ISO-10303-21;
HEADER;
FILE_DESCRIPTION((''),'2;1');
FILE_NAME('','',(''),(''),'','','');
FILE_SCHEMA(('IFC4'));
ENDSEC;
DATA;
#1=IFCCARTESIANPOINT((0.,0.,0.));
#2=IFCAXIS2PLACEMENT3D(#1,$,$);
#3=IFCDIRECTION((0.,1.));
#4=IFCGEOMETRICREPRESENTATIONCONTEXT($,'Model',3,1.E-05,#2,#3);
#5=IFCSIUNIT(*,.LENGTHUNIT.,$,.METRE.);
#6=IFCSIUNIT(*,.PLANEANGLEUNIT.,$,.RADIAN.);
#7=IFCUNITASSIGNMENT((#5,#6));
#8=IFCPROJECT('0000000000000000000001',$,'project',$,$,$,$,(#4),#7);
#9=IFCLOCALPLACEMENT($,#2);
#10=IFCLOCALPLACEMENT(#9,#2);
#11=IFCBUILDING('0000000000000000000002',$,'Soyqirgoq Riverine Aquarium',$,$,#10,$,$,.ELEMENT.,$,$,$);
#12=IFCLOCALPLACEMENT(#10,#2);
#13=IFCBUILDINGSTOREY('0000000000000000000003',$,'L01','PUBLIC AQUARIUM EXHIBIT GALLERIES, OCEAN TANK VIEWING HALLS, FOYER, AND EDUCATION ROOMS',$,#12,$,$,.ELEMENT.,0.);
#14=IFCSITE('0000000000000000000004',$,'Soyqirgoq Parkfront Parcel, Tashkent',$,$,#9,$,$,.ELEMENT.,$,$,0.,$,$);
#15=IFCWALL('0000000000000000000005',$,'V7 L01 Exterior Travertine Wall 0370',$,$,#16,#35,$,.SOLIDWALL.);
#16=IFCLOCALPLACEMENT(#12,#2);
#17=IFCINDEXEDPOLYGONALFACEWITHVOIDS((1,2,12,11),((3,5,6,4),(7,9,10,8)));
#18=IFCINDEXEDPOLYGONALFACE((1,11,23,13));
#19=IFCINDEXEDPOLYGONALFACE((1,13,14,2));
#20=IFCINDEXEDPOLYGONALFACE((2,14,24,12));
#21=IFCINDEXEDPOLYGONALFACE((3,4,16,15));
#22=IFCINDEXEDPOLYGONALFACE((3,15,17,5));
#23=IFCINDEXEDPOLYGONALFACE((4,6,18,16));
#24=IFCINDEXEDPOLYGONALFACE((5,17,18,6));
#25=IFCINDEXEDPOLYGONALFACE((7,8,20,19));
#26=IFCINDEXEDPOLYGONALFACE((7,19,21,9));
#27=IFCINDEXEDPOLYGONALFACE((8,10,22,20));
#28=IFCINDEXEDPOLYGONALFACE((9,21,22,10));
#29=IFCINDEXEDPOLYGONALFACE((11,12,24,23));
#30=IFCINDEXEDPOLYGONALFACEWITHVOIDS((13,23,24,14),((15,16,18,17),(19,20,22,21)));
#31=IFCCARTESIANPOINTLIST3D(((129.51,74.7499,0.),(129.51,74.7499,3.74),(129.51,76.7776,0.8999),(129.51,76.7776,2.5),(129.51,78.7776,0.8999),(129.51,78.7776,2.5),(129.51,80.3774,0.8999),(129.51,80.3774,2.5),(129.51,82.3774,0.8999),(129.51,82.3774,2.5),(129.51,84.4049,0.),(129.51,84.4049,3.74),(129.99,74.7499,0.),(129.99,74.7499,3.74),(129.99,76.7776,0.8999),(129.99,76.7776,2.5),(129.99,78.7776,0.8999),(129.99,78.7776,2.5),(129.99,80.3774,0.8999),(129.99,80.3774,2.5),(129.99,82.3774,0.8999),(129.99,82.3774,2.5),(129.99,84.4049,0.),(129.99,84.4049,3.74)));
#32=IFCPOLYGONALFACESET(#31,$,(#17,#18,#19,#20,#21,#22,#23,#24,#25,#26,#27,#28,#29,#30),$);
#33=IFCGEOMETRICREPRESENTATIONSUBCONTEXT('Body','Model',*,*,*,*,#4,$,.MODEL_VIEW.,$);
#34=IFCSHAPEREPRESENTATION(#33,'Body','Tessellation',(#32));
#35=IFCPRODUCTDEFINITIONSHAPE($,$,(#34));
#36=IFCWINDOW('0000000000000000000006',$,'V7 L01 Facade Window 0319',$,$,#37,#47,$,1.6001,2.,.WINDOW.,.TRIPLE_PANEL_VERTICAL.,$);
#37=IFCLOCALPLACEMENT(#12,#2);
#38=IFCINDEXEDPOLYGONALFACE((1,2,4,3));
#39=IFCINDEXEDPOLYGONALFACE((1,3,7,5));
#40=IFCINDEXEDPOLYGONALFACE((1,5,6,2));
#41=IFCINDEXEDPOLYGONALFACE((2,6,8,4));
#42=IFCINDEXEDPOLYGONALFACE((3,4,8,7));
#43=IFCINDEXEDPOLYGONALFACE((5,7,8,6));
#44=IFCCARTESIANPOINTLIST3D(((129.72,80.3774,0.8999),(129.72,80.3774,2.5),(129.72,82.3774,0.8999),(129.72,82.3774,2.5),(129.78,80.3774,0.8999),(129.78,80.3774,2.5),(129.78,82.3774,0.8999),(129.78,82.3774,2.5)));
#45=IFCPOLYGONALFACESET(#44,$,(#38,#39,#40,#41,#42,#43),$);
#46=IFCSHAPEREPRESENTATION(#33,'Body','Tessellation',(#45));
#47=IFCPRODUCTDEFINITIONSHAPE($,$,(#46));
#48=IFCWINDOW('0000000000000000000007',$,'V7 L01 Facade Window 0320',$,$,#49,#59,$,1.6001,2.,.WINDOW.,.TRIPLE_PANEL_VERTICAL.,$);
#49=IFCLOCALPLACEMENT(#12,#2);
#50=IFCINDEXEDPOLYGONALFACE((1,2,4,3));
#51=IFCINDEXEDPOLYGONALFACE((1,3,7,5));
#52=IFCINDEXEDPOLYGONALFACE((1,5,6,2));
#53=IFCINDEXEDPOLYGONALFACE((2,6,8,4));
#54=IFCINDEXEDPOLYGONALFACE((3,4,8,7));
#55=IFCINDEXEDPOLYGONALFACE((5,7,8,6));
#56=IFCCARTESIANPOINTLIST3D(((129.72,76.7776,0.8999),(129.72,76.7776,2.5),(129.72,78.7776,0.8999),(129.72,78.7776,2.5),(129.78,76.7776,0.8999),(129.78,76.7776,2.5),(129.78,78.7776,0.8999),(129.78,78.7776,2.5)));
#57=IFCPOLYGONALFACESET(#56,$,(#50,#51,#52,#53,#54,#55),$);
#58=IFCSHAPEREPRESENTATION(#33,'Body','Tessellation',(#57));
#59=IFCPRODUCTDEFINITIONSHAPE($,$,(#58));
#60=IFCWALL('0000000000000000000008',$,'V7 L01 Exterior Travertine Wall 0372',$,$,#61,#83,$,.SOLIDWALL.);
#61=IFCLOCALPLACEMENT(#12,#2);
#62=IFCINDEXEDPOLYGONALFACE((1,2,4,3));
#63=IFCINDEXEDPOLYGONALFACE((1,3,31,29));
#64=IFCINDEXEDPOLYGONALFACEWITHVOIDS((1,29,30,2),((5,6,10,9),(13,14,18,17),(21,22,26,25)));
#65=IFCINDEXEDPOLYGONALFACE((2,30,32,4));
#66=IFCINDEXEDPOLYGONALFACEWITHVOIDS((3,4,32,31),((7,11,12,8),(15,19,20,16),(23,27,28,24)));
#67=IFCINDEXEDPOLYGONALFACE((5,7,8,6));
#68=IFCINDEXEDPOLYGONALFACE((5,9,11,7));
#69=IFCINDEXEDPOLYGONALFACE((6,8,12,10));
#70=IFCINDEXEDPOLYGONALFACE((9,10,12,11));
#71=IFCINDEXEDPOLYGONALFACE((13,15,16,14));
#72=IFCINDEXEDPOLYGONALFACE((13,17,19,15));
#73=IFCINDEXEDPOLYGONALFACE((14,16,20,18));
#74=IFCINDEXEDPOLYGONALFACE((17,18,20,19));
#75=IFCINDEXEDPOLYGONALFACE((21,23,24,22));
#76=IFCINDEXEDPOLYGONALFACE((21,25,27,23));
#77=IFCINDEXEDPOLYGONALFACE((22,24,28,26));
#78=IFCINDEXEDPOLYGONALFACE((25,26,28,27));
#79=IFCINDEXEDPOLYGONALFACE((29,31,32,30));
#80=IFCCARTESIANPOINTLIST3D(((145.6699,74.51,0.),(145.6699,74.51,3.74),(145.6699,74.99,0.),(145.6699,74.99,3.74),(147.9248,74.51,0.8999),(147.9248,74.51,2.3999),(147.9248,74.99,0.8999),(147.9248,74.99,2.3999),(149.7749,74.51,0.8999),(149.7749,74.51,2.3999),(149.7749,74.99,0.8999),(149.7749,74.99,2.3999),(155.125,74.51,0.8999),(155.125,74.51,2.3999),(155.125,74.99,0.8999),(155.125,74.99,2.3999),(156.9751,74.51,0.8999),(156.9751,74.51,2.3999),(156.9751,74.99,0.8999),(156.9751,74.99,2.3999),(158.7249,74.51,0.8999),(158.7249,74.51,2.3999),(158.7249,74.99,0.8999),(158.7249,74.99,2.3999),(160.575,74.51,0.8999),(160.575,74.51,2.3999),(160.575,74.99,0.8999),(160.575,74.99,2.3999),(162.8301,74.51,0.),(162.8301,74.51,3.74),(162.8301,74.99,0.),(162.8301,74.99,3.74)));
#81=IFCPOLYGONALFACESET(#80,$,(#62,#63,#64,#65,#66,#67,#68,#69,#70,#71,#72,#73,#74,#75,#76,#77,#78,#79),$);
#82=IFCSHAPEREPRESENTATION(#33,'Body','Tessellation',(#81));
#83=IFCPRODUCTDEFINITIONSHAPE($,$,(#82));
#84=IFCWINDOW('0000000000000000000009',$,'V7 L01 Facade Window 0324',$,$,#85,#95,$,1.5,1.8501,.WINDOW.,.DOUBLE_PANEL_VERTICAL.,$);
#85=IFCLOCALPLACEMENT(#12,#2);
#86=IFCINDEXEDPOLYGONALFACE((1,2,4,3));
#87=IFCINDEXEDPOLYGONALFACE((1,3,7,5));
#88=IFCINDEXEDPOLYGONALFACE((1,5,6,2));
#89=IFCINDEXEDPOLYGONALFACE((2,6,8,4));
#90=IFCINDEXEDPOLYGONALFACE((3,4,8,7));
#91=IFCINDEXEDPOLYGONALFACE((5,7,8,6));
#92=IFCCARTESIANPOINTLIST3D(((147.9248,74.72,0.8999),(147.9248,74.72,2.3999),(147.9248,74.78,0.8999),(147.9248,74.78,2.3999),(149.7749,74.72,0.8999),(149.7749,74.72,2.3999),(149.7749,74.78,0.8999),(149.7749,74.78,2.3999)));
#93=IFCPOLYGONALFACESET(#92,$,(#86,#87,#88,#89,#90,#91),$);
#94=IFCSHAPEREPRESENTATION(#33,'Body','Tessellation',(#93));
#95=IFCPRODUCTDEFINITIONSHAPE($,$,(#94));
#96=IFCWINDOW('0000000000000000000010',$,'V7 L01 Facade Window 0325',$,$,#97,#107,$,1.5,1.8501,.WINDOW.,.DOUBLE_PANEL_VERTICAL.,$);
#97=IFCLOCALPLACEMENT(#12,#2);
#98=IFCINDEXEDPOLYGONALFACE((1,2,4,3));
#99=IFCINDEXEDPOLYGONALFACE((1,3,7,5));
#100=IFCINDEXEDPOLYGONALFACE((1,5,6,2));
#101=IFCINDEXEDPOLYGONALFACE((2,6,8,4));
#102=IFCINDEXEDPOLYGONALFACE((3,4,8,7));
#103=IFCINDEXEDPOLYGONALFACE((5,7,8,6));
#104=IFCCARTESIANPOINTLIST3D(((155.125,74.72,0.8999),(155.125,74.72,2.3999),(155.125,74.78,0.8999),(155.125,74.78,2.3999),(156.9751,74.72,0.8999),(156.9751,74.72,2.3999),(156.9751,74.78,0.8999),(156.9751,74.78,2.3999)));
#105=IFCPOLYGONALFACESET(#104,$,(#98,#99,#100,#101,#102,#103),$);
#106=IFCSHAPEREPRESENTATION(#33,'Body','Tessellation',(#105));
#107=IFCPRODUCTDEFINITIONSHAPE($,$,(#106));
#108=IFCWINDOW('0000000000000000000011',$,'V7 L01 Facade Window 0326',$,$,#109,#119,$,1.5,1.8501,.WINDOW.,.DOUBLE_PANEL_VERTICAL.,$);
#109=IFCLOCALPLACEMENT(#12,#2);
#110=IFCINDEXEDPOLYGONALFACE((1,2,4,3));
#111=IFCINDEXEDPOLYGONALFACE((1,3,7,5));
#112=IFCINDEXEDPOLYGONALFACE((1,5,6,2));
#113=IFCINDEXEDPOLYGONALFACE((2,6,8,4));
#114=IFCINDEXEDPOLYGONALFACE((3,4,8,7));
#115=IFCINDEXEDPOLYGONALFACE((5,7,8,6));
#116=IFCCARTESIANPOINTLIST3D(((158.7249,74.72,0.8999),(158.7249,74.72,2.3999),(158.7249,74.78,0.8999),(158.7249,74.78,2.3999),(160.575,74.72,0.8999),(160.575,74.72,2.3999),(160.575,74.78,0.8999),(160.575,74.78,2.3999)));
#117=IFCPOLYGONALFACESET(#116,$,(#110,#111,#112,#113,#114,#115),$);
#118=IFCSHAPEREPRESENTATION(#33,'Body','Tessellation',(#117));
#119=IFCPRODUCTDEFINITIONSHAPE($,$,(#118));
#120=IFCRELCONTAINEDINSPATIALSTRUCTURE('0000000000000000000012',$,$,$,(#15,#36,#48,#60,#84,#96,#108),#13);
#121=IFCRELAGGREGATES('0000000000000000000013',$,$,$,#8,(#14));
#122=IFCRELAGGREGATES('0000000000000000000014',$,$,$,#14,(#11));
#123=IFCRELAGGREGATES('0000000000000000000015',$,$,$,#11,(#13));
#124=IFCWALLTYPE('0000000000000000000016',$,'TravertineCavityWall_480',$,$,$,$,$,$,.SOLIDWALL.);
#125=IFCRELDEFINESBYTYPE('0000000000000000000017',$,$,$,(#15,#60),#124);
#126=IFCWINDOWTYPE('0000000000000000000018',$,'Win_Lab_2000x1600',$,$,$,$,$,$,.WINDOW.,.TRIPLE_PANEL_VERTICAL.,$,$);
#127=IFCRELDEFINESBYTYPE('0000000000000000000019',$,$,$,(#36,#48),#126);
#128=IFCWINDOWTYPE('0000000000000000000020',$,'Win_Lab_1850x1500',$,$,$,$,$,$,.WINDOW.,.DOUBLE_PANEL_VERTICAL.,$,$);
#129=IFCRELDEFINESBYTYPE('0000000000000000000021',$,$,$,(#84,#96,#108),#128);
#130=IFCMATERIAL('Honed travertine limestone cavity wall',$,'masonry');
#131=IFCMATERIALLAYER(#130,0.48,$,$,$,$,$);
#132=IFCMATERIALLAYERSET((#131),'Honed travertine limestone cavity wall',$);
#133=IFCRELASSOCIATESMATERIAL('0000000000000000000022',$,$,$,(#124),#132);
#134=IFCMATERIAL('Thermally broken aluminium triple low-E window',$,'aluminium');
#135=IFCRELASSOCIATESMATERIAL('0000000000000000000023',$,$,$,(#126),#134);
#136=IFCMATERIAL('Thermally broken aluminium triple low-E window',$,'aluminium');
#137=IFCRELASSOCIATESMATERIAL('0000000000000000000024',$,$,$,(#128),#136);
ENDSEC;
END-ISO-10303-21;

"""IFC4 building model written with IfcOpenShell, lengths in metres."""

from ifc_helpers import new_model, si_unit, direction, frame, frame_2d, origin, place, context, subcontext, project, spatial, rectangle, extrude, material, layer, layer_set, type_object, element, fill, save


model = new_model("IFC4")

# Units and contexts
model_context = context("Model", 3, precision=1e-05, world=origin(), true_north=direction((0.0, 1.0)))
body_context = subcontext(model_context, "Body", "Model", "MODEL_VIEW")
ifc_project = project(units=[si_unit("LENGTHUNIT", "METRE"), si_unit("PLANEANGLEUNIT", "RADIAN")], contexts=[model_context])

# Site, building, storey
site_placement = place(None, origin())
site = spatial("IfcSite", under=ifc_project, at=site_placement, Name="Soyqirgoq Parkfront Parcel, Tashkent", CompositionType="ELEMENT", RefElevation=0.0)
building_placement = place(site_placement, origin())
building = spatial("IfcBuilding", under=site, at=building_placement, Name="Soyqirgoq Riverine Aquarium", CompositionType="ELEMENT")
storey_placement = place(building_placement, origin())
storey = spatial("IfcBuildingStorey", under=building, at=storey_placement, Name="L01", Description="PUBLIC AQUARIUM EXHIBIT GALLERIES, OCEAN TANK VIEWING HALLS, FOYER, AND EDUCATION ROOMS", CompositionType="ELEMENT", Elevation=0.0)

# Walls, openings, windows
ifc_material_1 = material(Name="Honed travertine limestone cavity wall", Category="masonry")
ifc_layer_1 = layer(ifc_material_1, 0.48)
ifc_layer_set_1 = layer_set([ifc_layer_1], Name="Honed travertine limestone cavity wall")
wall_type_1 = type_object("IfcWallType", Name="TravertineCavityWall_480", PredefinedType="SOLIDWALL", material=ifc_layer_set_1)
wall_1_placement = place(storey_placement, frame((129.75, 84.405, 0.0), z_axis=(0.0, 0.0, 1.0), x_axis=(0.0, -1.0, 0.0)))
wall_1 = element("IfcWall", 1, at=wall_1_placement, inside=storey, type_object=wall_type_1, Name="V7 L01 Exterior Travertine Wall 0370", PredefinedType="SOLIDWALL", context=body_context, shape_type="SweptSolid", body=[
    extrude(rectangle(XDim=9.655, YDim=0.48, at=frame_2d((4.8276, 0.0))), origin(), (0.0, 0.0, 1.0), 3.74),
])
opening_1_placement = place(wall_1_placement, frame((2.0276, 0.0, 0.8999)))
opening_1 = element("IfcOpeningElement", 2, at=opening_1_placement, cuts=wall_1, PredefinedType="OPENING", context=body_context, shape_type="SweptSolid", body=[
    extrude(rectangle(XDim=2.0, YDim=1.6001, at=frame_2d((1.0, 0.8))), frame((0.0, 0.25, 0.0), z_axis=(0.0, -1.0, 0.0), x_axis=(1.0, 0.0, 0.0)), (0.0, 0.0, 1.0), 0.5),
])
opening_2_placement = place(wall_1_placement, frame((5.6274, 0.0, 0.8999)))
opening_2 = element("IfcOpeningElement", 3, at=opening_2_placement, cuts=wall_1, PredefinedType="OPENING", context=body_context, shape_type="SweptSolid", body=[
    extrude(rectangle(XDim=2.0, YDim=1.6001, at=frame_2d((1.0, 0.8))), frame((0.0, 0.25, 0.0), z_axis=(0.0, -1.0, 0.0), x_axis=(1.0, 0.0, 0.0)), (0.0, 0.0, 1.0), 0.5),
])
ifc_material_2 = material(Name="Thermally broken aluminium triple low-E window", Category="aluminium")
window_type_1 = type_object("IfcWindowType", Name="Win_Lab_2000x1600", PartitioningType="TRIPLE_PANEL_VERTICAL", PredefinedType="WINDOW", material=ifc_material_2)
window_1_placement = place(opening_1_placement, origin())
window_1 = element("IfcWindow", 4, at=window_1_placement, inside=storey, type_object=window_type_1, Name="V7 L01 Facade Window 0319", OverallHeight=1.6001, OverallWidth=2.0, PartitioningType="TRIPLE_PANEL_VERTICAL", PredefinedType="WINDOW", context=body_context, shape_type="SweptSolid", body=[
    extrude(rectangle(XDim=2.0, YDim=1.6001, at=frame_2d((1.0, 0.8))), frame((0.0, 0.03, 0.0), z_axis=(0.0, -1.0, 0.0), x_axis=(1.0, 0.0, 0.0)), (0.0, 0.0, 1.0), 0.0601),
])
fill(opening_1, window_1)
window_2_placement = place(opening_2_placement, origin())
window_2 = element("IfcWindow", 5, at=window_2_placement, inside=storey, type_object=window_type_1, Name="V7 L01 Facade Window 0320", OverallHeight=1.6001, OverallWidth=2.0, PartitioningType="TRIPLE_PANEL_VERTICAL", PredefinedType="WINDOW", context=body_context, shape_type="SweptSolid", body=[
    extrude(rectangle(XDim=2.0, YDim=1.6001, at=frame_2d((1.0, 0.8))), frame((0.0, 0.03, 0.0), z_axis=(0.0, -1.0, 0.0), x_axis=(1.0, 0.0, 0.0)), (0.0, 0.0, 1.0), 0.0601),
])
fill(opening_2, window_2)
wall_2_placement = place(storey_placement, frame((145.6699, 74.75, 0.0), z_axis=(0.0, 0.0, 1.0), x_axis=(1.0, 0.0, 0.0)))
wall_2 = element("IfcWall", 6, at=wall_2_placement, inside=storey, type_object=wall_type_1, Name="V7 L01 Exterior Travertine Wall 0372", PredefinedType="SOLIDWALL", context=body_context, shape_type="SweptSolid", body=[
    extrude(rectangle(XDim=17.1602, YDim=0.48, at=frame_2d((8.5801, 0.0))), origin(), (0.0, 0.0, 1.0), 3.74),
])
opening_3_placement = place(wall_2_placement, frame((2.2549, 0.0, 0.8999)))
opening_3 = element("IfcOpeningElement", 7, at=opening_3_placement, cuts=wall_2, PredefinedType="OPENING", context=body_context, shape_type="SweptSolid", body=[
    extrude(rectangle(XDim=1.8501, YDim=1.5, at=frame_2d((0.925, 0.75))), frame((0.0, 0.25, 0.0), z_axis=(0.0, -1.0, 0.0), x_axis=(1.0, 0.0, 0.0)), (0.0, 0.0, 1.0), 0.5),
])
opening_4_placement = place(wall_2_placement, frame((9.4551, 0.0, 0.8999)))
opening_4 = element("IfcOpeningElement", 8, at=opening_4_placement, cuts=wall_2, PredefinedType="OPENING", context=body_context, shape_type="SweptSolid", body=[
    extrude(rectangle(XDim=1.8501, YDim=1.5, at=frame_2d((0.925, 0.75))), frame((0.0, 0.25, 0.0), z_axis=(0.0, -1.0, 0.0), x_axis=(1.0, 0.0, 0.0)), (0.0, 0.0, 1.0), 0.5),
])
opening_5_placement = place(wall_2_placement, frame((13.0549, 0.0, 0.8999)))
opening_5 = element("IfcOpeningElement", 9, at=opening_5_placement, cuts=wall_2, PredefinedType="OPENING", context=body_context, shape_type="SweptSolid", body=[
    extrude(rectangle(XDim=1.8501, YDim=1.5, at=frame_2d((0.925, 0.75))), frame((0.0, 0.25, 0.0), z_axis=(0.0, -1.0, 0.0), x_axis=(1.0, 0.0, 0.0)), (0.0, 0.0, 1.0), 0.5),
])
ifc_material_3 = material(Name="Thermally broken aluminium triple low-E window", Category="aluminium")
window_type_2 = type_object("IfcWindowType", Name="Win_Lab_1850x1500", PartitioningType="DOUBLE_PANEL_VERTICAL", PredefinedType="WINDOW", material=ifc_material_3)
window_3_placement = place(opening_3_placement, origin())
window_3 = element("IfcWindow", 10, at=window_3_placement, inside=storey, type_object=window_type_2, Name="V7 L01 Facade Window 0324", OverallHeight=1.5, OverallWidth=1.8501, PartitioningType="DOUBLE_PANEL_VERTICAL", PredefinedType="WINDOW", context=body_context, shape_type="SweptSolid", body=[
    extrude(rectangle(XDim=1.8501, YDim=1.5, at=frame_2d((0.925, 0.75))), frame((0.0, 0.03, 0.0), z_axis=(0.0, -1.0, 0.0), x_axis=(1.0, 0.0, 0.0)), (0.0, 0.0, 1.0), 0.0601),
])
fill(opening_3, window_3)
window_4_placement = place(opening_4_placement, origin())
window_4 = element("IfcWindow", 11, at=window_4_placement, inside=storey, type_object=window_type_2, Name="V7 L01 Facade Window 0325", OverallHeight=1.5, OverallWidth=1.8501, PartitioningType="DOUBLE_PANEL_VERTICAL", PredefinedType="WINDOW", context=body_context, shape_type="SweptSolid", body=[
    extrude(rectangle(XDim=1.8501, YDim=1.5, at=frame_2d((0.925, 0.75))), frame((0.0, 0.03, 0.0), z_axis=(0.0, -1.0, 0.0), x_axis=(1.0, 0.0, 0.0)), (0.0, 0.0, 1.0), 0.0601),
])
fill(opening_4, window_4)
window_5_placement = place(opening_5_placement, origin())
window_5 = element("IfcWindow", 12, at=window_5_placement, inside=storey, type_object=window_type_2, Name="V7 L01 Facade Window 0326", OverallHeight=1.5, OverallWidth=1.8501, PartitioningType="DOUBLE_PANEL_VERTICAL", PredefinedType="WINDOW", context=body_context, shape_type="SweptSolid", body=[
    extrude(rectangle(XDim=1.8501, YDim=1.5, at=frame_2d((0.925, 0.75))), frame((0.0, 0.03, 0.0), z_axis=(0.0, -1.0, 0.0), x_axis=(1.0, 0.0, 0.0)), (0.0, 0.0, 1.0), 0.0601),
])
fill(opening_5, window_5)

save(model, "model.ifc")
